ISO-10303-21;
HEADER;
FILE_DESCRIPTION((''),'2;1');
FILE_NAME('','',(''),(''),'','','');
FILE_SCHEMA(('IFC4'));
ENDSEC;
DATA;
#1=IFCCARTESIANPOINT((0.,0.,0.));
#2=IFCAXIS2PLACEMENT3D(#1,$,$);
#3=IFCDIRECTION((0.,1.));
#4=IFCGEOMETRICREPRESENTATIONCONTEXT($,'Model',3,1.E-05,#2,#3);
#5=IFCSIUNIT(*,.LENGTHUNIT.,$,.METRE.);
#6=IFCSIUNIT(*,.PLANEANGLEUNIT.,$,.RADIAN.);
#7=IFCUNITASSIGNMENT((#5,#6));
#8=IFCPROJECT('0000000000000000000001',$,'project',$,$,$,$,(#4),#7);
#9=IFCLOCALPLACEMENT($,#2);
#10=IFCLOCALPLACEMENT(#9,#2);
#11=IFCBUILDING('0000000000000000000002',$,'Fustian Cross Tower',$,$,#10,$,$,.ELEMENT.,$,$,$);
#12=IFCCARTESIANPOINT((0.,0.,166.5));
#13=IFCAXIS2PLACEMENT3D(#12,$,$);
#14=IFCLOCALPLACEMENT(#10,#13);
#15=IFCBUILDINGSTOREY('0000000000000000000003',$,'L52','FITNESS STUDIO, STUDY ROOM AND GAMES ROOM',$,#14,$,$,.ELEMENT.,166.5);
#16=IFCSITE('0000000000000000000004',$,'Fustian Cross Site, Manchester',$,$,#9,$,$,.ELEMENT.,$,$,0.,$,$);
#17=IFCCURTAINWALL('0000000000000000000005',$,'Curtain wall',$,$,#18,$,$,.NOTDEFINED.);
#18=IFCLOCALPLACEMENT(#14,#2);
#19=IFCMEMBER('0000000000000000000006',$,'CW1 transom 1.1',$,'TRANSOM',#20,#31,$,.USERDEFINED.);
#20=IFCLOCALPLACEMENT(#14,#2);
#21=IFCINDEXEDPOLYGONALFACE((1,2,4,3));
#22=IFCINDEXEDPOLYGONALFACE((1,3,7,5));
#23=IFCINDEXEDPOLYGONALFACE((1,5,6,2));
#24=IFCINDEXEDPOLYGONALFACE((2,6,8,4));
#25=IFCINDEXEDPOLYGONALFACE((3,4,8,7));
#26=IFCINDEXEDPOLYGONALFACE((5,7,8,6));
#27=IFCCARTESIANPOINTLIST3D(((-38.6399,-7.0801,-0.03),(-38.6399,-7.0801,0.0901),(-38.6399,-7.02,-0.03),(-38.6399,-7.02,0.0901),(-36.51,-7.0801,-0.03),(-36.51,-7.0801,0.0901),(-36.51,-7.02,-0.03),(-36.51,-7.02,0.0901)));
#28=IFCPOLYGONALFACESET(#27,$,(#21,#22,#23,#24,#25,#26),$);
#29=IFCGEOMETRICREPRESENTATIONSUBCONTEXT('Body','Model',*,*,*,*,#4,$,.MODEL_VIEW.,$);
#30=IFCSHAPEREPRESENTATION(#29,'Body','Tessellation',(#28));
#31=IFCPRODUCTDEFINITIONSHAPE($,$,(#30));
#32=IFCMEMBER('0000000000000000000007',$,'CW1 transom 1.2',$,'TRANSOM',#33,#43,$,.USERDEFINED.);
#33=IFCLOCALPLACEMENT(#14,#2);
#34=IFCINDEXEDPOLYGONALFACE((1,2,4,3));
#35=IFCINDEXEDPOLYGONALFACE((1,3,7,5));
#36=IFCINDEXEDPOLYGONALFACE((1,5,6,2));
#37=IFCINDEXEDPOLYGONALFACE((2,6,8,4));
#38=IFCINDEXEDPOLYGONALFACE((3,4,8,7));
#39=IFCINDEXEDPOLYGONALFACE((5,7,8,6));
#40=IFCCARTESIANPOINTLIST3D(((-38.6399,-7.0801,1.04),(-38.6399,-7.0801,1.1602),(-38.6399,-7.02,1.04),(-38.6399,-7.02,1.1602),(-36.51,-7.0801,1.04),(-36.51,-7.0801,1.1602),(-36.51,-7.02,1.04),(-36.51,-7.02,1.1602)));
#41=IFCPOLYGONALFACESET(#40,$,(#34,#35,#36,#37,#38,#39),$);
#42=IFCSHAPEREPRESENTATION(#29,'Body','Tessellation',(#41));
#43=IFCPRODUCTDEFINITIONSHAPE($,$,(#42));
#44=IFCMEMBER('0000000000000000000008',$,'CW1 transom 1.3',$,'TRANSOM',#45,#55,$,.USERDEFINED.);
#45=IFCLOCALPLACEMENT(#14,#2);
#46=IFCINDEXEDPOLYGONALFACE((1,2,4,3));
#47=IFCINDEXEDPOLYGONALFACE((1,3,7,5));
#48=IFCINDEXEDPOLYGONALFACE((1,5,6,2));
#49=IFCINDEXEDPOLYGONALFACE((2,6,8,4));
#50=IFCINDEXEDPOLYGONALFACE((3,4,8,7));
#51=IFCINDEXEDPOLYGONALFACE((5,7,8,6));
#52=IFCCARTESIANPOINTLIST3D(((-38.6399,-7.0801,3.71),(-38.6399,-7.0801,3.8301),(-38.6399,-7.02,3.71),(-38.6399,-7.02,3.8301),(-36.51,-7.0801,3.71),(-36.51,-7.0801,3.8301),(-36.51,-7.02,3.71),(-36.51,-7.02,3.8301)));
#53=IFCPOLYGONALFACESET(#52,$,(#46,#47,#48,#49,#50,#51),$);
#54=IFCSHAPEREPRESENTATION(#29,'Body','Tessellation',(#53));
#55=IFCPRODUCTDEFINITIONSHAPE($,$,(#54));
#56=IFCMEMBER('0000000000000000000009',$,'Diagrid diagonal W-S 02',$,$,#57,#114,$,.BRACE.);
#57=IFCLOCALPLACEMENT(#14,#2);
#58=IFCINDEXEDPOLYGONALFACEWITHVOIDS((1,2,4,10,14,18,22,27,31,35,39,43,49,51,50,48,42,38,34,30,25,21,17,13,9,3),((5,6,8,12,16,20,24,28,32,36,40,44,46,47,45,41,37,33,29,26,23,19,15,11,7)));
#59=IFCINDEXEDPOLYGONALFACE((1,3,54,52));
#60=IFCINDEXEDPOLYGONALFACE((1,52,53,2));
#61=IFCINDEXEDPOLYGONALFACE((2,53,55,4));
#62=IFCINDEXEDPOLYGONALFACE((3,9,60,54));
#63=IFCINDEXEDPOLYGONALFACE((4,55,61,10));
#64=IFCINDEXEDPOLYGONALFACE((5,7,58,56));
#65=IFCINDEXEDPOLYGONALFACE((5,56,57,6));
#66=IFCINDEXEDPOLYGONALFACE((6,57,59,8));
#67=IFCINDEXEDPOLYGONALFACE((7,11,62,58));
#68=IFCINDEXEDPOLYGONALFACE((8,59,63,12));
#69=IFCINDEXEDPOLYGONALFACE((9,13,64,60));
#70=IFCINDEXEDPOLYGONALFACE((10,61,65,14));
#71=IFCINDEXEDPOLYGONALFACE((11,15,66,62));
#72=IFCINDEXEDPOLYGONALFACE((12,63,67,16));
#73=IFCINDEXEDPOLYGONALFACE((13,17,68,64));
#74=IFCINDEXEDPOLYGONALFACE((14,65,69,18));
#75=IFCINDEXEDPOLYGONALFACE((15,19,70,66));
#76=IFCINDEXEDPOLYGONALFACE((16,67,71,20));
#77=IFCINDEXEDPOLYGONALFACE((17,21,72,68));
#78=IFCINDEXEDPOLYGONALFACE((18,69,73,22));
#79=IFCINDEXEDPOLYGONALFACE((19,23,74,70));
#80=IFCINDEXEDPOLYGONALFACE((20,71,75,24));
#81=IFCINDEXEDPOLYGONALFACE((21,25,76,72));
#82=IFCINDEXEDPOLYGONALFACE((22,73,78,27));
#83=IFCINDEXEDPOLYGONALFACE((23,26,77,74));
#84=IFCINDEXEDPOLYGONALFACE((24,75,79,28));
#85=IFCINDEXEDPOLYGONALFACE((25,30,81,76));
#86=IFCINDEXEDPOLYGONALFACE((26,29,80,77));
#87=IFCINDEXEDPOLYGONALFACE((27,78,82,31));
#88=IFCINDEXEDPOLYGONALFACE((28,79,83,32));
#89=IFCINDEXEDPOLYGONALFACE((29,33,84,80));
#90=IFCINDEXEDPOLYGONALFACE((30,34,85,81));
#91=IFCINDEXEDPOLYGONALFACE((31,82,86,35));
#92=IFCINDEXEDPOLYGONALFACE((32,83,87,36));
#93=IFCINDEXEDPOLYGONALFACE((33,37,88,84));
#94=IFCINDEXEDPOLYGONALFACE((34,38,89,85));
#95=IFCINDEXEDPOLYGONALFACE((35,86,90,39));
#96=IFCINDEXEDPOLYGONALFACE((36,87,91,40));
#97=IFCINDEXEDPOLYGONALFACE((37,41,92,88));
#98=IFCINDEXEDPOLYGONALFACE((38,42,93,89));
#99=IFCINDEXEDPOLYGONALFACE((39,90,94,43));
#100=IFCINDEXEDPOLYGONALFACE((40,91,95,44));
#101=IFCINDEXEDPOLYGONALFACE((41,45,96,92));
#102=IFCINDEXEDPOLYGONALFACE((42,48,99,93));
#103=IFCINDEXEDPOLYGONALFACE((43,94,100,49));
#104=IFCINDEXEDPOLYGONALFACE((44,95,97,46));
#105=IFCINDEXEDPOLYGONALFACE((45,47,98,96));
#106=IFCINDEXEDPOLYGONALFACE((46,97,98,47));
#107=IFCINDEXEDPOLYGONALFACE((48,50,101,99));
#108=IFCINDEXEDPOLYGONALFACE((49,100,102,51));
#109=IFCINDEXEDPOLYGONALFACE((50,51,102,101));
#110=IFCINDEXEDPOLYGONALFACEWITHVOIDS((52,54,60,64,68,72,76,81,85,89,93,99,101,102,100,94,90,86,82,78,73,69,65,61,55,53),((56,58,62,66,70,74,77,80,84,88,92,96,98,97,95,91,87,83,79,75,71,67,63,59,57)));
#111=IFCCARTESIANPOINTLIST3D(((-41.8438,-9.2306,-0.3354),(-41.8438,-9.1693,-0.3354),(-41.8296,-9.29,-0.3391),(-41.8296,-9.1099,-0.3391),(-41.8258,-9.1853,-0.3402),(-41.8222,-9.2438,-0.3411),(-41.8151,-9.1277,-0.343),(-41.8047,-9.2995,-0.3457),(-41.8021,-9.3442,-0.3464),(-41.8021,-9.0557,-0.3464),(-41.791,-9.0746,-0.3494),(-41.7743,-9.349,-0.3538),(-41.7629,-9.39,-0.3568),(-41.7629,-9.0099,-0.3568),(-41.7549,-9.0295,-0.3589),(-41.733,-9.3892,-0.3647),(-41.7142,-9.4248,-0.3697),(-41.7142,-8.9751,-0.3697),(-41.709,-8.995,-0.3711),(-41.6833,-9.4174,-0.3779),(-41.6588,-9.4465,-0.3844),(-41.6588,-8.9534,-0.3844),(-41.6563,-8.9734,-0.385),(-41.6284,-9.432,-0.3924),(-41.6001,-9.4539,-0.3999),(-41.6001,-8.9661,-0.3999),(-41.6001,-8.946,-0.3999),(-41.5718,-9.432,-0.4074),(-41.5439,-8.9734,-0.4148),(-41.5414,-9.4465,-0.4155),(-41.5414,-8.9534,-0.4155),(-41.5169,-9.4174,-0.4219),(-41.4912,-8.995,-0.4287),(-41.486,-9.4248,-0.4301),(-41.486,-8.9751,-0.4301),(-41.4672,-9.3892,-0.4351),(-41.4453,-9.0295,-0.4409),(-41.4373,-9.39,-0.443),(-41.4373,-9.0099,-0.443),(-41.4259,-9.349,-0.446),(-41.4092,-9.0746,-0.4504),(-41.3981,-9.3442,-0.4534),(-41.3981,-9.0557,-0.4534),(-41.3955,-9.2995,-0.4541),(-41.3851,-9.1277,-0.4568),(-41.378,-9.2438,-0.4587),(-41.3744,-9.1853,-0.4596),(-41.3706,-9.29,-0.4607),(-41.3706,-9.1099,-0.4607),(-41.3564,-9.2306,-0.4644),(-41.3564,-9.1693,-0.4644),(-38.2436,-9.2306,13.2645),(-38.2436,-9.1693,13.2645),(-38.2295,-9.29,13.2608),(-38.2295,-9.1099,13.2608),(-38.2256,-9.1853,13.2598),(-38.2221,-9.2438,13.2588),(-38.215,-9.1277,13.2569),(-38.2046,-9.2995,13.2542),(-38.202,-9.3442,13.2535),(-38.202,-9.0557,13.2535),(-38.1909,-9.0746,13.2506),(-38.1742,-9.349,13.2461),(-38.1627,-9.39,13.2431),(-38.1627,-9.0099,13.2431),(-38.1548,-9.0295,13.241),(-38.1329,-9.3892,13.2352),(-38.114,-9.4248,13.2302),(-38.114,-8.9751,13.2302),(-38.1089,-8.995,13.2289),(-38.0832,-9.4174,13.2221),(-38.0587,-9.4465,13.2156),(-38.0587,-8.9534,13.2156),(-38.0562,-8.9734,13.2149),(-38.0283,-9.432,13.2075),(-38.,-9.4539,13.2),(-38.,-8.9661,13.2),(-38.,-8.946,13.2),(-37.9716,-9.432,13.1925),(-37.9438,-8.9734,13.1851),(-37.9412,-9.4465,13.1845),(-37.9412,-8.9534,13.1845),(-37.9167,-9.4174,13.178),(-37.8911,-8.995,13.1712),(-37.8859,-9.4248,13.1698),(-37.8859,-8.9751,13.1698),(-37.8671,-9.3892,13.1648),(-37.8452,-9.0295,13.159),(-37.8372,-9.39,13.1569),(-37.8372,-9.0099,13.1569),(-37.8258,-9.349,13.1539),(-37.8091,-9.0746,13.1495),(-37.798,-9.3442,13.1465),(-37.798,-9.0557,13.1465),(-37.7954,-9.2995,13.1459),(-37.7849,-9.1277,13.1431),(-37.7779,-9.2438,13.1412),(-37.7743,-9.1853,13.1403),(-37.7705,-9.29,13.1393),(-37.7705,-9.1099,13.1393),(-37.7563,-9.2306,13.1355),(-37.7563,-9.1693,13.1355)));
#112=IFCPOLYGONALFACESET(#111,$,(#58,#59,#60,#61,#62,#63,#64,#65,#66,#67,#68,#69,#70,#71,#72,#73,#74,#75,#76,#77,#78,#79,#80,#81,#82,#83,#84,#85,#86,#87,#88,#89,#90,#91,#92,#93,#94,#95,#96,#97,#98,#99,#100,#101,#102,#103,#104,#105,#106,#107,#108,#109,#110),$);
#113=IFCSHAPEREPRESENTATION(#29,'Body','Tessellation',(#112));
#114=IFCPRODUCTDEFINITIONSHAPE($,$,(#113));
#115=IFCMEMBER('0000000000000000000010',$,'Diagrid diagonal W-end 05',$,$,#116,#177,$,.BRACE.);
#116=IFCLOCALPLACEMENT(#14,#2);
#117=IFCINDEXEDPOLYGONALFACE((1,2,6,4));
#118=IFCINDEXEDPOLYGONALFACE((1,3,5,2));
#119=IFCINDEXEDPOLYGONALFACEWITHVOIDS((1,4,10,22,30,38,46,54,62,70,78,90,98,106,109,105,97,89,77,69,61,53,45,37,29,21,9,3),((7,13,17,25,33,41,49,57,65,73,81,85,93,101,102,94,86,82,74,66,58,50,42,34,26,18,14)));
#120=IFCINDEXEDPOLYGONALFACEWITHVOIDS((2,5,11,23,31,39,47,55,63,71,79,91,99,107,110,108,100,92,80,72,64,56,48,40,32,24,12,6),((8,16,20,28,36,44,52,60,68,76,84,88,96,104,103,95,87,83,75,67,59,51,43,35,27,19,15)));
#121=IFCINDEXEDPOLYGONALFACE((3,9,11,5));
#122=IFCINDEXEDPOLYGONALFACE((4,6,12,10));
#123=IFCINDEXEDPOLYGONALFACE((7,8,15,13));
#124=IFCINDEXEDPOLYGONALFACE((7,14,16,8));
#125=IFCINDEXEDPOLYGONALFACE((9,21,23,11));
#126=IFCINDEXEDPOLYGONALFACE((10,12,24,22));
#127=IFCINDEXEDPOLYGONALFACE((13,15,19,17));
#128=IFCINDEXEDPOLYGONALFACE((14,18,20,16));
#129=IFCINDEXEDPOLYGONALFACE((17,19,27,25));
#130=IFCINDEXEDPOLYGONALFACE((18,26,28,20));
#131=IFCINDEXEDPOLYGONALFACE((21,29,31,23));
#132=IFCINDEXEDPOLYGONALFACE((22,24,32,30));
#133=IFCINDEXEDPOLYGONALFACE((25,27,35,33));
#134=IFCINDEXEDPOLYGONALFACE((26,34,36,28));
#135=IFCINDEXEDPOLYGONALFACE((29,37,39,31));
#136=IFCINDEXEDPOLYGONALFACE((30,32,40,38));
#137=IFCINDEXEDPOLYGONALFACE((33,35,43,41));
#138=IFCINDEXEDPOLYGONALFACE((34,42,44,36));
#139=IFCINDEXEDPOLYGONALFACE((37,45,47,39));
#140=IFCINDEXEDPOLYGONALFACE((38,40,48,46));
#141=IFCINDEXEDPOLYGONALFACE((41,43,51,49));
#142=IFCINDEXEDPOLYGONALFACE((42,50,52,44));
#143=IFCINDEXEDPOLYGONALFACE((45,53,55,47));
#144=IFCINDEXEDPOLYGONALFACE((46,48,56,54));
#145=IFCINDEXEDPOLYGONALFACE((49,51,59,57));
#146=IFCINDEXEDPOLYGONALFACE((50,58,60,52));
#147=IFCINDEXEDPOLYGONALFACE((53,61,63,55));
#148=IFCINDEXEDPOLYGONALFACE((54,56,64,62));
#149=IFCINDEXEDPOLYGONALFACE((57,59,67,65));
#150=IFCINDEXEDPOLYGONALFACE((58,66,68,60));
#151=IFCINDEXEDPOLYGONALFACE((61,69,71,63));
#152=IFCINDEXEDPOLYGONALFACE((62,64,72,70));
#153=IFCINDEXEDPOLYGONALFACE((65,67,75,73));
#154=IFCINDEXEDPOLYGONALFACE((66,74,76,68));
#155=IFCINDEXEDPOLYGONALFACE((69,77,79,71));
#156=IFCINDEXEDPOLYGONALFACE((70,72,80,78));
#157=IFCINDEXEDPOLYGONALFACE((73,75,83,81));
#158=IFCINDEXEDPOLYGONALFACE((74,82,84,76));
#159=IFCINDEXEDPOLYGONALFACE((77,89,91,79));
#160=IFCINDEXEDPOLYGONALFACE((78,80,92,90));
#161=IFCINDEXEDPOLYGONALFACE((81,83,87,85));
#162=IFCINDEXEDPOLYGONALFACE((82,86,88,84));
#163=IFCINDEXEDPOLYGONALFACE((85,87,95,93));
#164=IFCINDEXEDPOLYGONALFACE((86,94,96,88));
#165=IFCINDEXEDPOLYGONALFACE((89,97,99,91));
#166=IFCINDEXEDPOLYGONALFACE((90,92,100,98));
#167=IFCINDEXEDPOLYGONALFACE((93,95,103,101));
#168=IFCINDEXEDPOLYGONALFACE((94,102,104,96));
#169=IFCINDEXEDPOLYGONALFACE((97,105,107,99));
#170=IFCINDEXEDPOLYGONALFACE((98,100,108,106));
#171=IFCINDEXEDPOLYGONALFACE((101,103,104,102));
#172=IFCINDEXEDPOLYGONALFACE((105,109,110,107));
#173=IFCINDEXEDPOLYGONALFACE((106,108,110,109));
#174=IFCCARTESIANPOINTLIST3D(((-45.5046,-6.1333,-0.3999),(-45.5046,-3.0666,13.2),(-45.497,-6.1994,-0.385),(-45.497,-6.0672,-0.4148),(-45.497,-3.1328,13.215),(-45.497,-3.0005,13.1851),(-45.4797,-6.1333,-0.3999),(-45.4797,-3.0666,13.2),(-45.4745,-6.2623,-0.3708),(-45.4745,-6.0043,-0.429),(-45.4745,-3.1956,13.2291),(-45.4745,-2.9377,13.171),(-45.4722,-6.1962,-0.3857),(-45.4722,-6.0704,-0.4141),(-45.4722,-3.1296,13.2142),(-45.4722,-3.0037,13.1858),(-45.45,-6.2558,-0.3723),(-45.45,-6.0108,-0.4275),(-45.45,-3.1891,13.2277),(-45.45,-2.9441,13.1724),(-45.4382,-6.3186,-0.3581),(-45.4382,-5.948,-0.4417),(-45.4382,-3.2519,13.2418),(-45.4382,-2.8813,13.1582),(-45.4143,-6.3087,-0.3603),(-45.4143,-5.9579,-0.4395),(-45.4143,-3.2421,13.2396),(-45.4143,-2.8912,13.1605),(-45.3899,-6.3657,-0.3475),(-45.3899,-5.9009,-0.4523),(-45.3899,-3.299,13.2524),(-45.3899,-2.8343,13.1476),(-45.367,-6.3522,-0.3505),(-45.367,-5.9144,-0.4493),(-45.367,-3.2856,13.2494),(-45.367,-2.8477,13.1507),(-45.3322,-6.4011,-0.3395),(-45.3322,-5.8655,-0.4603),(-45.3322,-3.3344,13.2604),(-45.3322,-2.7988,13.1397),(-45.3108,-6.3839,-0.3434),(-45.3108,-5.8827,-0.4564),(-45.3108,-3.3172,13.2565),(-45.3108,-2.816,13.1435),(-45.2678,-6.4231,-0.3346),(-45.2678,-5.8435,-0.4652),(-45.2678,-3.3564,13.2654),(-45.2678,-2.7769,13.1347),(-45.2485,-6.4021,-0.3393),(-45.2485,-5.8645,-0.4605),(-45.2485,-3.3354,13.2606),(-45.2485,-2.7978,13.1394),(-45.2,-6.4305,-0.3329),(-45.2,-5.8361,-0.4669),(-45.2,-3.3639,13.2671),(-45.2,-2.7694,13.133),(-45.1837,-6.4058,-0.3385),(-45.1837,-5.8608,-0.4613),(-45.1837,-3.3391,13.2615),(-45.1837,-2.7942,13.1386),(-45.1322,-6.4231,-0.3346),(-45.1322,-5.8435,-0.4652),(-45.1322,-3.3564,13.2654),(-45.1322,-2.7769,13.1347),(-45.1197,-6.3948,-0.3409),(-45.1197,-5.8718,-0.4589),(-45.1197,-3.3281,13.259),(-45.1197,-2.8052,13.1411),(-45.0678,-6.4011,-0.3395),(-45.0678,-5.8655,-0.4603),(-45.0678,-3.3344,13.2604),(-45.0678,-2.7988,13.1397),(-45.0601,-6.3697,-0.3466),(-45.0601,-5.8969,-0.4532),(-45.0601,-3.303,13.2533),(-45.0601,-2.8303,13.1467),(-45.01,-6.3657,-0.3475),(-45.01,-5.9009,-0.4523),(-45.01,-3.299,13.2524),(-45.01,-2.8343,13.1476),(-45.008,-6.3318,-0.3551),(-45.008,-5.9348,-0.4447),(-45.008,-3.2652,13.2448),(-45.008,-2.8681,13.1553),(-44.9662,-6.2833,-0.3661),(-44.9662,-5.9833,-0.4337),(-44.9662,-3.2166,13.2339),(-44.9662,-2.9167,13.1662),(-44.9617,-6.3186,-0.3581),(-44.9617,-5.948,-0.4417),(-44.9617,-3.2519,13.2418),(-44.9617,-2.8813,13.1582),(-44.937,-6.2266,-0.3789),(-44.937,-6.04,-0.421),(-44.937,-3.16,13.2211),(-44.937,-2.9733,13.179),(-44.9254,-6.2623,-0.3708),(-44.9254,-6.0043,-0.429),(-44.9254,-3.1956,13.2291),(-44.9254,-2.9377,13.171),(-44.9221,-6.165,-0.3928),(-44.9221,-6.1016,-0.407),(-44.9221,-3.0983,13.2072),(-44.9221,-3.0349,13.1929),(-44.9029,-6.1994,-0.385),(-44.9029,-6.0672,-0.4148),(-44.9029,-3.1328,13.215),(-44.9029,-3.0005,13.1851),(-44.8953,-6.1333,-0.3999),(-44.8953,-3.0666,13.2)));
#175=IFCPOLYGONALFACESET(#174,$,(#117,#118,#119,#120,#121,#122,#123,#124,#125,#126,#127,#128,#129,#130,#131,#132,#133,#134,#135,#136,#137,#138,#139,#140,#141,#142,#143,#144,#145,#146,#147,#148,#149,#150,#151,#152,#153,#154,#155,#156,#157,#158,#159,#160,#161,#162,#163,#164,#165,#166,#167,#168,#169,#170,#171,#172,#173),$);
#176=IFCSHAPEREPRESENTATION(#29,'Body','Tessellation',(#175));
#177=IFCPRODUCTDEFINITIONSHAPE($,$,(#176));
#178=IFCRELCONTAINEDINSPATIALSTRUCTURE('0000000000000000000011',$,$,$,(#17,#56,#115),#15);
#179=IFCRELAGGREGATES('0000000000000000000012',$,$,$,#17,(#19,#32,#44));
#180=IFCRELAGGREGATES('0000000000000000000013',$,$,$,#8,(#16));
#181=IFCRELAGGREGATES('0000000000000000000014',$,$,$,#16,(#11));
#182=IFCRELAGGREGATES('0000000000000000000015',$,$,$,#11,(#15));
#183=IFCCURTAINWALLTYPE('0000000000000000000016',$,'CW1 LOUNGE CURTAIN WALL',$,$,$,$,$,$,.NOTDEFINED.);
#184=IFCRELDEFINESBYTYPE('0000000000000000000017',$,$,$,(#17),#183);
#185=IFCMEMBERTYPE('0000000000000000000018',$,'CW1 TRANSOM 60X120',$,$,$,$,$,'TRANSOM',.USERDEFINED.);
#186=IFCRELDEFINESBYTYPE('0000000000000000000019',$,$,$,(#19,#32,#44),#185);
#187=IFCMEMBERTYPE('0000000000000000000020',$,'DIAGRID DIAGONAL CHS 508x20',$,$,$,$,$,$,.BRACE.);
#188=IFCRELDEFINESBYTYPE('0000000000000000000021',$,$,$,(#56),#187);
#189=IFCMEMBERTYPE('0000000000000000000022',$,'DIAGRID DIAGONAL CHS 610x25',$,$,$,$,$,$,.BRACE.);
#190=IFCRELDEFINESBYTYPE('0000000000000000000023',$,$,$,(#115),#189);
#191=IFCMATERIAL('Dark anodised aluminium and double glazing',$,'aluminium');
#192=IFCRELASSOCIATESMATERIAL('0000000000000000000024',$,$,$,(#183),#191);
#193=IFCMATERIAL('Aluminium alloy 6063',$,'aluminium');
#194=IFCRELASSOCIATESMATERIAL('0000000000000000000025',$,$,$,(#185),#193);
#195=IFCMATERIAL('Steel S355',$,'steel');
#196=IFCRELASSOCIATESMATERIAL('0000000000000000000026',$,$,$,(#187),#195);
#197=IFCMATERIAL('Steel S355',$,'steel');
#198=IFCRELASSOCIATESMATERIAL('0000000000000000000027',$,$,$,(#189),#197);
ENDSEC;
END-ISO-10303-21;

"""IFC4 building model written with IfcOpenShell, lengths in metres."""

from ifc_helpers import new_model, si_unit, direction, frame, origin, origin_2d, place, context, subcontext, project, spatial, rectangle, hollow_circle, extrude, material, material_profile, profile_set, type_object, element, aggregate, save


model = new_model("IFC4")

# Units and contexts
model_context = context("Model", 3, precision=1e-05, world=origin(), true_north=direction((0.0, 1.0)))
body_context = subcontext(model_context, "Body", "Model", "MODEL_VIEW")
ifc_project = project(units=[si_unit("LENGTHUNIT", "METRE"), si_unit("PLANEANGLEUNIT", "RADIAN")], contexts=[model_context])

# Site, building, storey
site_placement = place(None, origin())
site = spatial("IfcSite", under=ifc_project, at=site_placement, Name="Fustian Cross Site, Manchester", CompositionType="ELEMENT", RefElevation=0.0)
building_placement = place(site_placement, origin())
building = spatial("IfcBuilding", under=site, at=building_placement, Name="Fustian Cross Tower", CompositionType="ELEMENT")
storey_placement = place(building_placement, frame((0.0, 0.0, 166.5)))
storey = spatial("IfcBuildingStorey", under=building, at=storey_placement, Name="L52", Description="FITNESS STUDIO, STUDY ROOM AND GAMES ROOM", CompositionType="ELEMENT", Elevation=166.5)

# Shared definitions
ifc_material_1 = material(Name="Dark anodised aluminium and double glazing", Category="aluminium")
curtain_wall_type = type_object("IfcCurtainWallType", Name="CW1 LOUNGE CURTAIN WALL", PredefinedType="NOTDEFINED", material=ifc_material_1)

# Curtain wall
curtain_wall_1_placement = place(storey_placement, origin())
curtain_wall_1 = element("IfcCurtainWall", 1, at=curtain_wall_1_placement, inside=storey, type_object=curtain_wall_type, Name="Curtain wall", PredefinedType="NOTDEFINED")

# Members
ifc_material_2 = material(Name="Aluminium alloy 6063", Category="aluminium")
ifc_material_profile_1 = material_profile(ifc_material_2, rectangle(XDim=0.0601, YDim=0.1201, at=origin_2d()), Name="CW1 TRANSOM 60X120")
ifc_profile_set_1 = profile_set([ifc_material_profile_1], Name="Aluminium alloy 6063")
member_type_1 = type_object("IfcMemberType", Name="CW1 TRANSOM 60X120", ElementType="TRANSOM", PredefinedType="USERDEFINED", material=ifc_profile_set_1)
member_1_placement = place(storey_placement, frame((-38.6399, -7.05, 0.03), z_axis=(1.0, 0.0, 0.0), x_axis=(0.0, 1.0, 0.0)))
member_1 = element("IfcMember", 2, at=member_1_placement, type_object=member_type_1, Name="CW1 transom 1.1", ObjectType="TRANSOM", PredefinedType="USERDEFINED", context=body_context, shape_type="SweptSolid", body=[
    extrude(rectangle(XDim=0.0601, YDim=0.1201, at=origin_2d()), origin(), (0.0, 0.0, 1.0), 2.1299),
])
member_2_placement = place(storey_placement, frame((-38.6399, -7.05, 1.1001), z_axis=(1.0, 0.0, 0.0), x_axis=(0.0, 1.0, 0.0)))
member_2 = element("IfcMember", 3, at=member_2_placement, type_object=member_type_1, Name="CW1 transom 1.2", ObjectType="TRANSOM", PredefinedType="USERDEFINED", context=body_context, shape_type="SweptSolid", body=[
    extrude(rectangle(XDim=0.0601, YDim=0.1201, at=origin_2d()), origin(), (0.0, 0.0, 1.0), 2.1299),
])
member_3_placement = place(storey_placement, frame((-38.6399, -7.05, 3.77), z_axis=(1.0, 0.0, 0.0), x_axis=(0.0, 1.0, 0.0)))
member_3 = element("IfcMember", 4, at=member_3_placement, type_object=member_type_1, Name="CW1 transom 1.3", ObjectType="TRANSOM", PredefinedType="USERDEFINED", context=body_context, shape_type="SweptSolid", body=[
    extrude(rectangle(XDim=0.0601, YDim=0.1201, at=origin_2d()), origin(), (0.0, 0.0, 1.0), 2.1299),
])
aggregate(curtain_wall_1, [member_1, member_2, member_3])

# Members
ifc_material_3 = material(Name="Steel S355", Category="steel")
ifc_material_profile_2 = material_profile(ifc_material_3, hollow_circle(Radius=0.2539, WallThickness=0.02, at=origin_2d()), Name="CHS 508x20")
ifc_profile_set_2 = profile_set([ifc_material_profile_2], Name="Steel S355")
member_type_2 = type_object("IfcMemberType", Name="DIAGRID DIAGONAL CHS 508x20", PredefinedType="BRACE", material=ifc_profile_set_2)
member_4_placement = place(storey_placement, frame((-41.6001, -9.2, -0.3999), z_axis=(0.255902, 0.0, 0.966703), x_axis=(0.0, 1.0, 0.0)))
element("IfcMember", 5, at=member_4_placement, inside=storey, type_object=member_type_2, Name="Diagrid diagonal W-S 02", PredefinedType="BRACE", context=body_context, shape_type="SweptSolid", body=[
    extrude(hollow_circle(Radius=0.2539, WallThickness=0.02, at=origin_2d()), origin(), (0.0, 0.0, 1.0), 14.0684),
])
ifc_material_4 = material(Name="Steel S355", Category="steel")
ifc_material_profile_3 = material_profile(ifc_material_4, hollow_circle(Radius=0.3047, WallThickness=0.0249, at=origin_2d()), Name="CHS 610x25")
ifc_profile_set_3 = profile_set([ifc_material_profile_3], Name="Steel S355")
member_type_3 = type_object("IfcMemberType", Name="DIAGRID DIAGONAL CHS 610x25", PredefinedType="BRACE", material=ifc_profile_set_3)
for number, where, z_axis, x_axis, name in (
    (6, (-45.2, -6.1333, -0.3999), (0.0, 0.219968, 0.975507), (-1.0, 0.0, 0.0), "Diagrid diagonal W-end 05"),
):
    element("IfcMember", number, at=place(storey_placement, frame(where, z_axis=z_axis, x_axis=x_axis)), inside=storey, type_object=member_type_3, Name=name, PredefinedType="BRACE", context=body_context, shape_type="SweptSolid", body=[
        extrude(hollow_circle(Radius=0.3047, WallThickness=0.0249, at=origin_2d()), origin(), (0.0, 0.0, 1.0), 13.9414),
    ])

save(model, "model.ifc")
